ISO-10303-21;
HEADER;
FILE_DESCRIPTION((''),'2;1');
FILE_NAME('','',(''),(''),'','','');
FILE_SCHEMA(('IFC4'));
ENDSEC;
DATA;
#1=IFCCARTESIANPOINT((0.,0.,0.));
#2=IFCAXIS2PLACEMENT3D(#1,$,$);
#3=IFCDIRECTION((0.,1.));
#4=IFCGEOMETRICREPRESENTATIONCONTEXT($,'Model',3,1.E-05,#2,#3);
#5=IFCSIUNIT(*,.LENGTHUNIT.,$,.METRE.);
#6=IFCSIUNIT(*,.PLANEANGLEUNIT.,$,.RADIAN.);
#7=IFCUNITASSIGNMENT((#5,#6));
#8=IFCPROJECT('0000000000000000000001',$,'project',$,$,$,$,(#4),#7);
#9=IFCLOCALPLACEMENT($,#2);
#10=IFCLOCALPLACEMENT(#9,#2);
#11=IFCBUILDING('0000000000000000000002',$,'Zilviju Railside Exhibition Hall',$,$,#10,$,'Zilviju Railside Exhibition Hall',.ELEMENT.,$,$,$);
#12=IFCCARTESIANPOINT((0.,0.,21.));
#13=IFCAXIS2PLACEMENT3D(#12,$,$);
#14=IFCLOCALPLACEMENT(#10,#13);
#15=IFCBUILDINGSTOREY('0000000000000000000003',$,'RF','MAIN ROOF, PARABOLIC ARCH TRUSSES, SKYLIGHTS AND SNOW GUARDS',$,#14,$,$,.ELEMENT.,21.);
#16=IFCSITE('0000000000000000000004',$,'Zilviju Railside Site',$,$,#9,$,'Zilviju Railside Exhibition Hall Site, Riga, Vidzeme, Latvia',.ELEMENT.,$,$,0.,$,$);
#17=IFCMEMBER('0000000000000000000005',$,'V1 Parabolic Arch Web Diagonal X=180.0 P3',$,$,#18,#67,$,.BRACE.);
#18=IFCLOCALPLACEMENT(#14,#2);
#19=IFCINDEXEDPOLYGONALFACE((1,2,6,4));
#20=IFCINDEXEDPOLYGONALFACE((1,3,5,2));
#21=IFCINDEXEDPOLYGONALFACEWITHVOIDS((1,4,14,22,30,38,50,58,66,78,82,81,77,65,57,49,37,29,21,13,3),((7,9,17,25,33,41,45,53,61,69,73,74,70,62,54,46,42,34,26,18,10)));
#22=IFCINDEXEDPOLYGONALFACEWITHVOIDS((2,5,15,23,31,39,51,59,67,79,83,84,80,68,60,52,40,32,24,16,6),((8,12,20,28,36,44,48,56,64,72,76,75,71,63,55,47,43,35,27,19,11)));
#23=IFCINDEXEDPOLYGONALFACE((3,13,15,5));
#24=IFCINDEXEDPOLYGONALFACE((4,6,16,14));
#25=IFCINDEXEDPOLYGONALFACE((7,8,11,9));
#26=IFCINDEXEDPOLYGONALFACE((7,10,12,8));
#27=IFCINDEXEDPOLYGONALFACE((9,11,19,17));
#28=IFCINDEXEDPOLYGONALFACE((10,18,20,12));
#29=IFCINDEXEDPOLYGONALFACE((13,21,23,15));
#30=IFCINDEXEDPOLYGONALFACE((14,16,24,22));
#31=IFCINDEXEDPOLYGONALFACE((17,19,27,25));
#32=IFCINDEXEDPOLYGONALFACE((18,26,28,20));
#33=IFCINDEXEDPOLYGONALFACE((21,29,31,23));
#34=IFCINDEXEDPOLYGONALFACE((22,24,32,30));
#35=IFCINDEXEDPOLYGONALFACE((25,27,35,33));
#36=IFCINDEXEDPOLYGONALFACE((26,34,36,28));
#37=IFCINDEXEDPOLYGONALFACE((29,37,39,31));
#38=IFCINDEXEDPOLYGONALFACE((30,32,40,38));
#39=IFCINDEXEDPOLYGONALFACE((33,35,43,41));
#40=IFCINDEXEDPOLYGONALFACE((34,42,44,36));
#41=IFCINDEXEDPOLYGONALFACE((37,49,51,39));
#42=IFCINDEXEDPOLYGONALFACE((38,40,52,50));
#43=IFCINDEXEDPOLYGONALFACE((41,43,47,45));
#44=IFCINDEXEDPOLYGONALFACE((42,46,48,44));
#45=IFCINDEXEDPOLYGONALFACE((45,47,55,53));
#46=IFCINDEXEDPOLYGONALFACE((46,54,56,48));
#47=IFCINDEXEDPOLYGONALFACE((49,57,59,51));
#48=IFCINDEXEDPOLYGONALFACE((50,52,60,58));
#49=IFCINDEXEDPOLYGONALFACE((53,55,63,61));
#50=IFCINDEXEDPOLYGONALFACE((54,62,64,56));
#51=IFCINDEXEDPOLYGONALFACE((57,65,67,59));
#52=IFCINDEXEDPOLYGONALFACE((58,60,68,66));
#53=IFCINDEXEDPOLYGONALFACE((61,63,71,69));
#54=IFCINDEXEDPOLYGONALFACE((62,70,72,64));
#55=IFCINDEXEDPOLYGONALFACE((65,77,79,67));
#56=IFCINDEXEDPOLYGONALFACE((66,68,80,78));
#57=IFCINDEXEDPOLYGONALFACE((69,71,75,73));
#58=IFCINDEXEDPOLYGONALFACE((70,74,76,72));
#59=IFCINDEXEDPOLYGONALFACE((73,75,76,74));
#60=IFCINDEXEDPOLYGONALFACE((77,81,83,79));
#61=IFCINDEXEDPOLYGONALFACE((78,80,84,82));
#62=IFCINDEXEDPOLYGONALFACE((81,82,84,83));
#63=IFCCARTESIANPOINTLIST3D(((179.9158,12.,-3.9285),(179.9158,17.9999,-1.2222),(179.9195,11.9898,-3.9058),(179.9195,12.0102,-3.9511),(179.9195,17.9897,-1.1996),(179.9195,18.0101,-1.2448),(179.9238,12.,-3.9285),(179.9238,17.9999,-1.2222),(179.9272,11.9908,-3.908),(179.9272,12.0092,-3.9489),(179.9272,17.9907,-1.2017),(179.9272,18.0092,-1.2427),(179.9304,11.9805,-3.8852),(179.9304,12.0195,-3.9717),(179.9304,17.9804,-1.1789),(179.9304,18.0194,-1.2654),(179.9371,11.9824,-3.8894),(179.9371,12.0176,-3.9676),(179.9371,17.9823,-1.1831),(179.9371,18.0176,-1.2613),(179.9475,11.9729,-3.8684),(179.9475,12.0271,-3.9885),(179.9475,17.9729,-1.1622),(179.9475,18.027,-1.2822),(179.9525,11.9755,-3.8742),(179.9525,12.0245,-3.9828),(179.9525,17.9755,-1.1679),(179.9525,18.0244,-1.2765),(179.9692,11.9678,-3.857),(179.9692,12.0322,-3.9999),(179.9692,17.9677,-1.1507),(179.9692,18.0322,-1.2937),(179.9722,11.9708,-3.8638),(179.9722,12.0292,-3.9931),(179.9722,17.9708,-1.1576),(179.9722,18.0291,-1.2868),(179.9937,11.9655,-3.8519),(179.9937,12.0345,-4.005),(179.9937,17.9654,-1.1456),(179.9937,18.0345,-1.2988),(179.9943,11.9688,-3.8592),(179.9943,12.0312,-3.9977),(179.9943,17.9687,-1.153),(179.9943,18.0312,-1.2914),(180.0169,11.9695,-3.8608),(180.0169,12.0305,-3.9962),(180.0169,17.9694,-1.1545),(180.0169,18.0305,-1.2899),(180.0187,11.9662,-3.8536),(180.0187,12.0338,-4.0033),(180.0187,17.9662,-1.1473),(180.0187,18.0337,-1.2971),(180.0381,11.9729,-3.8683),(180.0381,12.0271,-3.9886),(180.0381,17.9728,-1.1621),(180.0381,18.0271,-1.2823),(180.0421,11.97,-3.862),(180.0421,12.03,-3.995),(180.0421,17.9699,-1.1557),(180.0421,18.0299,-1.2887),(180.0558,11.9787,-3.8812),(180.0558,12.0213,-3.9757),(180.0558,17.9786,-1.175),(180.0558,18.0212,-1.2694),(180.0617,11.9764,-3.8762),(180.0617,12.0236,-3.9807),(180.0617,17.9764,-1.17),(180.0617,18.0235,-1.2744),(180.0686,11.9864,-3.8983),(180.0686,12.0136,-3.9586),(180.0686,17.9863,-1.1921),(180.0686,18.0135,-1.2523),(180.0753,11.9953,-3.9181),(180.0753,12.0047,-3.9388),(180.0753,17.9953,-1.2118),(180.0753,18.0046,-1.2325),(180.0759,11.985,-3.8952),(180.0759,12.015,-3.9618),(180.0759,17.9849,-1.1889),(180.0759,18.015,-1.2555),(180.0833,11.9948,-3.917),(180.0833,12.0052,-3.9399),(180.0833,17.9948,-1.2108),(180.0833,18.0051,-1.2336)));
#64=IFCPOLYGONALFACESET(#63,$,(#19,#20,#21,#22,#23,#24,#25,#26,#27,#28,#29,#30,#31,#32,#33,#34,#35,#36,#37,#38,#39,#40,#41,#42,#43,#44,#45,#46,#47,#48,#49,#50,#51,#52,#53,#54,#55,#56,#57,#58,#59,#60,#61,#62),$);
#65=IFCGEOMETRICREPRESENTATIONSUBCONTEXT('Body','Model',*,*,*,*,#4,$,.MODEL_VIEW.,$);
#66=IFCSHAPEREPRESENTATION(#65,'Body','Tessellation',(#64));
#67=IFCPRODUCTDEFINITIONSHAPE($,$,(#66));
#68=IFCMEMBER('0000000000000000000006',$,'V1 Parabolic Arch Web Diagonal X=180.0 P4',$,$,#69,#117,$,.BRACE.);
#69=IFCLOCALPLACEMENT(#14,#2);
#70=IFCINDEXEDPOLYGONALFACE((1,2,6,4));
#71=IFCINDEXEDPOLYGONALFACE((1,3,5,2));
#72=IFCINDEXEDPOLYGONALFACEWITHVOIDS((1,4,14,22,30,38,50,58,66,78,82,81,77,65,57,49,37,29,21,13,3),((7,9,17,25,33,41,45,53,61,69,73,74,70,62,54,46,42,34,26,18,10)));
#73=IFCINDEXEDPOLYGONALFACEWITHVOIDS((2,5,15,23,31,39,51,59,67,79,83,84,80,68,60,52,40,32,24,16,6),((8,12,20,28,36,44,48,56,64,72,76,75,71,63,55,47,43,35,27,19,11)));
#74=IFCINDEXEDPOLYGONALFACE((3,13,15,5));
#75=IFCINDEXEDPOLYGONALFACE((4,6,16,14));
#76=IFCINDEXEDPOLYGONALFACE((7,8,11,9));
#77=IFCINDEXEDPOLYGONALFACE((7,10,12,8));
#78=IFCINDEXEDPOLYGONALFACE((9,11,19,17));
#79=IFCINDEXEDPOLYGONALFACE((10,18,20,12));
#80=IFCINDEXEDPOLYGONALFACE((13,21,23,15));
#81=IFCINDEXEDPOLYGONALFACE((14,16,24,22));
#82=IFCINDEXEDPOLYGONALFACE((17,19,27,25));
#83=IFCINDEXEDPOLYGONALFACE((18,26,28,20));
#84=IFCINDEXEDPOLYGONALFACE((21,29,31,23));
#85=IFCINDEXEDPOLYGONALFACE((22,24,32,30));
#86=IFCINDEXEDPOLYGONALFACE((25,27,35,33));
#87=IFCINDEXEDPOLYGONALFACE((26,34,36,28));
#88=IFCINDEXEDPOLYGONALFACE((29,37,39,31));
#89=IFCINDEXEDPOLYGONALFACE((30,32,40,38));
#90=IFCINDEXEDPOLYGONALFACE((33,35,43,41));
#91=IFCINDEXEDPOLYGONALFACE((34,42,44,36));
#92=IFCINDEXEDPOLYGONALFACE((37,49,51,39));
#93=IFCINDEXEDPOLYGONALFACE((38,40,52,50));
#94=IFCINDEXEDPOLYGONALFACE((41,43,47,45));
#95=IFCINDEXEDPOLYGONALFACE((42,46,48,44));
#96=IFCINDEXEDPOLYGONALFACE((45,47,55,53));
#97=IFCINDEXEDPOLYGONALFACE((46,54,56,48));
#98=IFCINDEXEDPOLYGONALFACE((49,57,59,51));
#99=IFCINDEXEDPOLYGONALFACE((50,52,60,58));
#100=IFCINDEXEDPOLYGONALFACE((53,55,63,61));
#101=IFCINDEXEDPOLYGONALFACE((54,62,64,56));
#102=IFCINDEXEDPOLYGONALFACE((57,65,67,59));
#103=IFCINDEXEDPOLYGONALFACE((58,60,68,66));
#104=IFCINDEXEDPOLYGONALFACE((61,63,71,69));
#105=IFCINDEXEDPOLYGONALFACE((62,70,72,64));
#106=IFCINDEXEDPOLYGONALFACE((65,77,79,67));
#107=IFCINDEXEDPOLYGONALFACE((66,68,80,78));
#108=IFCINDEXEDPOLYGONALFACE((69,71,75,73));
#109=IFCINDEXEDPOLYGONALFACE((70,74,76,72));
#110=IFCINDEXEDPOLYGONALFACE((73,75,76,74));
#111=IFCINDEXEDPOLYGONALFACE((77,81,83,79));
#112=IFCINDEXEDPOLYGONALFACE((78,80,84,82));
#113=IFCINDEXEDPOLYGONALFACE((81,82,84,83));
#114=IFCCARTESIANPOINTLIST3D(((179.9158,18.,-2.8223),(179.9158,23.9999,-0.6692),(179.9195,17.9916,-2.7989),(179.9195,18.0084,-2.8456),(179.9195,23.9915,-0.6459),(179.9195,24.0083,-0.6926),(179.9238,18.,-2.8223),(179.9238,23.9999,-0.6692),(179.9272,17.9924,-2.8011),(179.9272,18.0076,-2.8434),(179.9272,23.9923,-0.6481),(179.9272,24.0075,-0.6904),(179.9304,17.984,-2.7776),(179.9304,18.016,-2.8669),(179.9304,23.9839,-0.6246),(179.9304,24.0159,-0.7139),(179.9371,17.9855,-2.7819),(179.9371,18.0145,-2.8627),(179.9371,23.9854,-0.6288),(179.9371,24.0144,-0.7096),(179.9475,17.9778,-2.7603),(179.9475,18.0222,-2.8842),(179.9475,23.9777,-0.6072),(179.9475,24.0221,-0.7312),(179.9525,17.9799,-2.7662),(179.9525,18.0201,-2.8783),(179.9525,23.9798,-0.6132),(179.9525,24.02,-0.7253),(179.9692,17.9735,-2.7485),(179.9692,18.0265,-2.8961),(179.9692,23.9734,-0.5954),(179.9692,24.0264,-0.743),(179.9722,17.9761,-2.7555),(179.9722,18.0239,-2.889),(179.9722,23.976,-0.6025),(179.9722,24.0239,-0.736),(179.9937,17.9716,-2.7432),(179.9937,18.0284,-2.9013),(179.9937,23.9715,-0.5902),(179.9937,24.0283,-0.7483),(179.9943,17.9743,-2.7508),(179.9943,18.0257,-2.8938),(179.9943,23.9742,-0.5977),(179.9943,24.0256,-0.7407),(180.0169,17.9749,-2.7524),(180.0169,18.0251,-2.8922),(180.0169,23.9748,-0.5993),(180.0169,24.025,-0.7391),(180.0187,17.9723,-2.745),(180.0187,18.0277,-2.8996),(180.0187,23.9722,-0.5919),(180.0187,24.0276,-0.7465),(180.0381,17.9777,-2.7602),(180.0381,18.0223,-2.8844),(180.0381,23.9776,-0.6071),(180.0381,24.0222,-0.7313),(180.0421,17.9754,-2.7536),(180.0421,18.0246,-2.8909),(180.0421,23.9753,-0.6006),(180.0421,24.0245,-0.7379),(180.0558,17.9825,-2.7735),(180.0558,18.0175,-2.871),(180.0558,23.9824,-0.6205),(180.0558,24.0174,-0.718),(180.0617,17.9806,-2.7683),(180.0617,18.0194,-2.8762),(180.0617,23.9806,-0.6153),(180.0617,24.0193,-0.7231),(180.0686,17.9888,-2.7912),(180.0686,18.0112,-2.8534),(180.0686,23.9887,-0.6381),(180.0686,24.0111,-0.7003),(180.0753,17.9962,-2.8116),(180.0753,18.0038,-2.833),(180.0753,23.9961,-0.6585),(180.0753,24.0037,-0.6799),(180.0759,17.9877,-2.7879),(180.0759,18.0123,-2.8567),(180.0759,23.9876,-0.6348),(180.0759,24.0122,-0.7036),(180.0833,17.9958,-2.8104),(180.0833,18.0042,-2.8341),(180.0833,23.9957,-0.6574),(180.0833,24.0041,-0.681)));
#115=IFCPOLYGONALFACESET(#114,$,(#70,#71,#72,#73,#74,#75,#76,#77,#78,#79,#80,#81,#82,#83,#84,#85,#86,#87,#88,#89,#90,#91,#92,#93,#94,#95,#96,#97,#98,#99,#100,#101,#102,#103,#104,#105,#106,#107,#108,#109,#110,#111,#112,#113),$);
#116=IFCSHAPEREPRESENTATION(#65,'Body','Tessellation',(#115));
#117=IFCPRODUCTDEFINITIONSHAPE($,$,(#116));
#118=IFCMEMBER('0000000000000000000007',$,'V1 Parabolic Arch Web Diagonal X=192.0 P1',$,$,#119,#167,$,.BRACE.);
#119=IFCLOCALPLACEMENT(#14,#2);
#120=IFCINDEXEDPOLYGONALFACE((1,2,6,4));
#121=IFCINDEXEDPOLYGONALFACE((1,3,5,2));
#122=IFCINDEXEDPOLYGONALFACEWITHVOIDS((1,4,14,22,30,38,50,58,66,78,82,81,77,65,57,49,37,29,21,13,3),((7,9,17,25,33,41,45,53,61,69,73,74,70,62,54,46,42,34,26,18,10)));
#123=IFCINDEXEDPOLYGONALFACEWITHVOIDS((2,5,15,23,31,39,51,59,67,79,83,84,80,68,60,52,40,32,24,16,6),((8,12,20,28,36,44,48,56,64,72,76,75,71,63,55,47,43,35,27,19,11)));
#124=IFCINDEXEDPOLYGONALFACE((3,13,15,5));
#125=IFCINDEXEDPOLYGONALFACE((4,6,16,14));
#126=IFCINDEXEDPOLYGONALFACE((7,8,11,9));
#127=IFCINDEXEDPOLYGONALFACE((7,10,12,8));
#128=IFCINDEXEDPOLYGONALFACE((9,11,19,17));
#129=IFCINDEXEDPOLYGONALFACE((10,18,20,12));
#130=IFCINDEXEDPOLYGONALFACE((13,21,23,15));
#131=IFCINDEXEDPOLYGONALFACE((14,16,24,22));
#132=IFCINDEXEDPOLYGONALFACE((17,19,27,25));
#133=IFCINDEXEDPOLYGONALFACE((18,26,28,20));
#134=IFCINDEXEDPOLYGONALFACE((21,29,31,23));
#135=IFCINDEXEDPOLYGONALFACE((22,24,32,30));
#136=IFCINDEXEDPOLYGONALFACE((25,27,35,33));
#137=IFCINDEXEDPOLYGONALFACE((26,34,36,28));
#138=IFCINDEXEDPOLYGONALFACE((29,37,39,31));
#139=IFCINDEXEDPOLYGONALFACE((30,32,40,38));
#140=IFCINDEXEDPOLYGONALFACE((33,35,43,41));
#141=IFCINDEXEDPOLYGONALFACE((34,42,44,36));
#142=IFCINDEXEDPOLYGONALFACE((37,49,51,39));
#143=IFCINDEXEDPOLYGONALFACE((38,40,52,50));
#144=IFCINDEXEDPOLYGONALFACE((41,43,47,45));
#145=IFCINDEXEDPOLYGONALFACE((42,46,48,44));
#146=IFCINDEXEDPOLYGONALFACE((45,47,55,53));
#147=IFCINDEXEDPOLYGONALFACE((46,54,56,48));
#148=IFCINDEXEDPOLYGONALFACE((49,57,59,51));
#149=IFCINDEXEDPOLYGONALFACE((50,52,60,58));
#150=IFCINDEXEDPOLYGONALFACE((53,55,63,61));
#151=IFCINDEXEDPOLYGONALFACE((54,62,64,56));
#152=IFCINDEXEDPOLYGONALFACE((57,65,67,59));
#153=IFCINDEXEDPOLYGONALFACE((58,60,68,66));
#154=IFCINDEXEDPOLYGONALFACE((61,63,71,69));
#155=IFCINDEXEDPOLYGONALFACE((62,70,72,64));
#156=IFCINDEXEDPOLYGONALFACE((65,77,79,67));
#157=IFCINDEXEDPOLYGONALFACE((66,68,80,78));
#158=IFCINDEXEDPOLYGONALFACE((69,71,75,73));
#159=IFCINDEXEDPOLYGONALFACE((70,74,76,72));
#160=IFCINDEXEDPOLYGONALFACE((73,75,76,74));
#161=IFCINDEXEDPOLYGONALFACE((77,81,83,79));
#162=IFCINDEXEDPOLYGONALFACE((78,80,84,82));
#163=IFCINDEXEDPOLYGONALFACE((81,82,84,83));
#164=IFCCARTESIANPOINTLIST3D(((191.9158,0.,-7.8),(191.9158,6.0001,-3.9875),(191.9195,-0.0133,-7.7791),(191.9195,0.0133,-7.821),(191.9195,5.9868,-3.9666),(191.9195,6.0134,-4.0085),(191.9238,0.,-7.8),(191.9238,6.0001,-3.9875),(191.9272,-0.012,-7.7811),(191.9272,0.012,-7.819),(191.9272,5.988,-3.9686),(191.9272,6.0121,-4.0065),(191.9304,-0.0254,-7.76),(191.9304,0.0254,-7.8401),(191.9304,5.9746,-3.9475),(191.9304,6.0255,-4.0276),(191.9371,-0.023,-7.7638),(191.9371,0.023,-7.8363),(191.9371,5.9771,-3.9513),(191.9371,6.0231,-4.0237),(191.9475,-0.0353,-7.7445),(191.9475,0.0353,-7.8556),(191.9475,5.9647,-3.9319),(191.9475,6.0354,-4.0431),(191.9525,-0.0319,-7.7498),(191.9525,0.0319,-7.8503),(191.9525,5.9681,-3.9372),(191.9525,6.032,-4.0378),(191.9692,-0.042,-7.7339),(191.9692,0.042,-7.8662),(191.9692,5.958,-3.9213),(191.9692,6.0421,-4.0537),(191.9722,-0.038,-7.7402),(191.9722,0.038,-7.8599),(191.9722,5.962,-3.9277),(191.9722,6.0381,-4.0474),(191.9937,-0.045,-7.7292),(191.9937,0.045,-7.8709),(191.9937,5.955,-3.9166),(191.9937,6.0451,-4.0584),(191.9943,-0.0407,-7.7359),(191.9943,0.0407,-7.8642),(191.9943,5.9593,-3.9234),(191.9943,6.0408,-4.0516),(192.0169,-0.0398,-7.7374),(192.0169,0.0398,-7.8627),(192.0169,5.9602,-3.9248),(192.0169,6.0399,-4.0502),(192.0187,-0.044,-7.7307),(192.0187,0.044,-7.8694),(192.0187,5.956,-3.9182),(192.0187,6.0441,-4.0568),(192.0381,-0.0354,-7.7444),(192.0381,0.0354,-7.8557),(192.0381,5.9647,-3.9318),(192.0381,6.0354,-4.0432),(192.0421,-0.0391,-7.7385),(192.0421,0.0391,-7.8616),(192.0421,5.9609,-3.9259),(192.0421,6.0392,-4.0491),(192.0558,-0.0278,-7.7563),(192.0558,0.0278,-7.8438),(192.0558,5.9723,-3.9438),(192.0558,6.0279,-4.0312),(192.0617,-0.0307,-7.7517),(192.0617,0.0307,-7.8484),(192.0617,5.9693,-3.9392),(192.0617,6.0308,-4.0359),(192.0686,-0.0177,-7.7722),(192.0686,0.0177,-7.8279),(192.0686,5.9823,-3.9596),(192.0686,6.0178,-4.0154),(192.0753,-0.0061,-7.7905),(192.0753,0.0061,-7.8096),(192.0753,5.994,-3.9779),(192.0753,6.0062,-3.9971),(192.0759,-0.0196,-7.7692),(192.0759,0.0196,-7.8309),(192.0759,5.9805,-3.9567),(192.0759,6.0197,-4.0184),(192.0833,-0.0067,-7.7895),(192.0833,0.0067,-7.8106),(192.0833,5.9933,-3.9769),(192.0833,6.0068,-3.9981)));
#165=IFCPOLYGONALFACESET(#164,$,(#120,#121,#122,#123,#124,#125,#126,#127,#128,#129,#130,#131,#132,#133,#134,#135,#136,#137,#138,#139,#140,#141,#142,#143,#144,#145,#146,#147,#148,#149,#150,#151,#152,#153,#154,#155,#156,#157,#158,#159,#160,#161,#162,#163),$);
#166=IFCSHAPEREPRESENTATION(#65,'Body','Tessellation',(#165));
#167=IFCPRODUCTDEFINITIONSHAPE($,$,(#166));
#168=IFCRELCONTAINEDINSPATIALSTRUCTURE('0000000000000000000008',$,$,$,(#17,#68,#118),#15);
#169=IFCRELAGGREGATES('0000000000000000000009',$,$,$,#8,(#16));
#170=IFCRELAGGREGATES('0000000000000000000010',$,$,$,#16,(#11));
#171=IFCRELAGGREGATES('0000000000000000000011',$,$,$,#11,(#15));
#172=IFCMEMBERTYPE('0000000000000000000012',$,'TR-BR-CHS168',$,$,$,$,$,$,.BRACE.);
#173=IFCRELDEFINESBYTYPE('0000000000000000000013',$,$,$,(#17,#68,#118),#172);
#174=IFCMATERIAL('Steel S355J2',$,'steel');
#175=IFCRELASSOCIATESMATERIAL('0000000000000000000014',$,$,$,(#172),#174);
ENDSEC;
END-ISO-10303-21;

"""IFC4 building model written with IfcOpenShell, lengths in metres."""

from ifc_helpers import new_model, si_unit, direction, frame, origin, origin_2d, place, context, subcontext, project, spatial, hollow_circle, extrude, material, material_profile, profile_set, type_object, element, save


model = new_model("IFC4")

# Units and contexts
model_context = context("Model", 3, precision=1e-05, world=origin(), true_north=direction((0.0, 1.0)))
body_context = subcontext(model_context, "Body", "Model", "MODEL_VIEW")
ifc_project = project(units=[si_unit("LENGTHUNIT", "METRE"), si_unit("PLANEANGLEUNIT", "RADIAN")], contexts=[model_context])

# Site, building, storey
site_placement = place(None, origin())
site = spatial("IfcSite", under=ifc_project, at=site_placement, Name="Zilviju Railside Site", LongName="Zilviju Railside Exhibition Hall Site, Riga, Vidzeme, Latvia", CompositionType="ELEMENT", RefElevation=0.0)
building_placement = place(site_placement, origin())
building = spatial("IfcBuilding", under=site, at=building_placement, Name="Zilviju Railside Exhibition Hall", LongName="Zilviju Railside Exhibition Hall", CompositionType="ELEMENT")
storey_placement = place(building_placement, frame((0.0, 0.0, 21.0)))
storey = spatial("IfcBuildingStorey", under=building, at=storey_placement, Name="RF", Description="MAIN ROOF, PARABOLIC ARCH TRUSSES, SKYLIGHTS AND SNOW GUARDS", CompositionType="ELEMENT", Elevation=21.0)

# Members
ifc_material_1 = material(Name="Steel S355J2", Category="steel")
ifc_material_profile_1 = material_profile(ifc_material_1, hollow_circle(Radius=0.0842, WallThickness=0.0081, at=origin_2d()), Name="CHS 168.3x8.0")
ifc_profile_set_1 = profile_set([ifc_material_profile_1], Name="Steel S355J2")
member_type_1 = type_object("IfcMemberType", Name="TR-BR-CHS168", PredefinedType="BRACE", material=ifc_profile_set_1)
member_1_placement = place(storey_placement, frame((180.0, 12.0, -3.9285), z_axis=(0.0, 0.911563, 0.41116), x_axis=(-1.0, 0.0, 0.0)))
element("IfcMember", 1, at=member_1_placement, inside=storey, type_object=member_type_1, Name="V1 Parabolic Arch Web Diagonal X=180.0 P3", PredefinedType="BRACE", context=body_context, shape_type="SweptSolid", body=[
    extrude(hollow_circle(Radius=0.0842, WallThickness=0.0081, at=origin_2d()), origin(), (0.0, 0.0, 1.0), 6.582),
])
member_2_placement = place(storey_placement, frame((180.0, 18.0, -2.8223), z_axis=(0.0, 0.941233, 0.337758), x_axis=(-1.0, 0.0, 0.0)))
element("IfcMember", 2, at=member_2_placement, inside=storey, type_object=member_type_1, Name="V1 Parabolic Arch Web Diagonal X=180.0 P4", PredefinedType="BRACE", context=body_context, shape_type="SweptSolid", body=[
    extrude(hollow_circle(Radius=0.0842, WallThickness=0.0081, at=origin_2d()), origin(), (0.0, 0.0, 1.0), 6.3745),
])
member_3_placement = place(storey_placement, frame((192.0, 0.0, -7.8), z_axis=(0.0, 0.844023, 0.536306), x_axis=(-1.0, 0.0, 0.0)))
element("IfcMember", 3, at=member_3_placement, inside=storey, type_object=member_type_1, Name="V1 Parabolic Arch Web Diagonal X=192.0 P1", PredefinedType="BRACE", context=body_context, shape_type="SweptSolid", body=[
    extrude(hollow_circle(Radius=0.0842, WallThickness=0.0081, at=origin_2d()), origin(), (0.0, 0.0, 1.0), 7.1089),
])

save(model, "model.ifc")
